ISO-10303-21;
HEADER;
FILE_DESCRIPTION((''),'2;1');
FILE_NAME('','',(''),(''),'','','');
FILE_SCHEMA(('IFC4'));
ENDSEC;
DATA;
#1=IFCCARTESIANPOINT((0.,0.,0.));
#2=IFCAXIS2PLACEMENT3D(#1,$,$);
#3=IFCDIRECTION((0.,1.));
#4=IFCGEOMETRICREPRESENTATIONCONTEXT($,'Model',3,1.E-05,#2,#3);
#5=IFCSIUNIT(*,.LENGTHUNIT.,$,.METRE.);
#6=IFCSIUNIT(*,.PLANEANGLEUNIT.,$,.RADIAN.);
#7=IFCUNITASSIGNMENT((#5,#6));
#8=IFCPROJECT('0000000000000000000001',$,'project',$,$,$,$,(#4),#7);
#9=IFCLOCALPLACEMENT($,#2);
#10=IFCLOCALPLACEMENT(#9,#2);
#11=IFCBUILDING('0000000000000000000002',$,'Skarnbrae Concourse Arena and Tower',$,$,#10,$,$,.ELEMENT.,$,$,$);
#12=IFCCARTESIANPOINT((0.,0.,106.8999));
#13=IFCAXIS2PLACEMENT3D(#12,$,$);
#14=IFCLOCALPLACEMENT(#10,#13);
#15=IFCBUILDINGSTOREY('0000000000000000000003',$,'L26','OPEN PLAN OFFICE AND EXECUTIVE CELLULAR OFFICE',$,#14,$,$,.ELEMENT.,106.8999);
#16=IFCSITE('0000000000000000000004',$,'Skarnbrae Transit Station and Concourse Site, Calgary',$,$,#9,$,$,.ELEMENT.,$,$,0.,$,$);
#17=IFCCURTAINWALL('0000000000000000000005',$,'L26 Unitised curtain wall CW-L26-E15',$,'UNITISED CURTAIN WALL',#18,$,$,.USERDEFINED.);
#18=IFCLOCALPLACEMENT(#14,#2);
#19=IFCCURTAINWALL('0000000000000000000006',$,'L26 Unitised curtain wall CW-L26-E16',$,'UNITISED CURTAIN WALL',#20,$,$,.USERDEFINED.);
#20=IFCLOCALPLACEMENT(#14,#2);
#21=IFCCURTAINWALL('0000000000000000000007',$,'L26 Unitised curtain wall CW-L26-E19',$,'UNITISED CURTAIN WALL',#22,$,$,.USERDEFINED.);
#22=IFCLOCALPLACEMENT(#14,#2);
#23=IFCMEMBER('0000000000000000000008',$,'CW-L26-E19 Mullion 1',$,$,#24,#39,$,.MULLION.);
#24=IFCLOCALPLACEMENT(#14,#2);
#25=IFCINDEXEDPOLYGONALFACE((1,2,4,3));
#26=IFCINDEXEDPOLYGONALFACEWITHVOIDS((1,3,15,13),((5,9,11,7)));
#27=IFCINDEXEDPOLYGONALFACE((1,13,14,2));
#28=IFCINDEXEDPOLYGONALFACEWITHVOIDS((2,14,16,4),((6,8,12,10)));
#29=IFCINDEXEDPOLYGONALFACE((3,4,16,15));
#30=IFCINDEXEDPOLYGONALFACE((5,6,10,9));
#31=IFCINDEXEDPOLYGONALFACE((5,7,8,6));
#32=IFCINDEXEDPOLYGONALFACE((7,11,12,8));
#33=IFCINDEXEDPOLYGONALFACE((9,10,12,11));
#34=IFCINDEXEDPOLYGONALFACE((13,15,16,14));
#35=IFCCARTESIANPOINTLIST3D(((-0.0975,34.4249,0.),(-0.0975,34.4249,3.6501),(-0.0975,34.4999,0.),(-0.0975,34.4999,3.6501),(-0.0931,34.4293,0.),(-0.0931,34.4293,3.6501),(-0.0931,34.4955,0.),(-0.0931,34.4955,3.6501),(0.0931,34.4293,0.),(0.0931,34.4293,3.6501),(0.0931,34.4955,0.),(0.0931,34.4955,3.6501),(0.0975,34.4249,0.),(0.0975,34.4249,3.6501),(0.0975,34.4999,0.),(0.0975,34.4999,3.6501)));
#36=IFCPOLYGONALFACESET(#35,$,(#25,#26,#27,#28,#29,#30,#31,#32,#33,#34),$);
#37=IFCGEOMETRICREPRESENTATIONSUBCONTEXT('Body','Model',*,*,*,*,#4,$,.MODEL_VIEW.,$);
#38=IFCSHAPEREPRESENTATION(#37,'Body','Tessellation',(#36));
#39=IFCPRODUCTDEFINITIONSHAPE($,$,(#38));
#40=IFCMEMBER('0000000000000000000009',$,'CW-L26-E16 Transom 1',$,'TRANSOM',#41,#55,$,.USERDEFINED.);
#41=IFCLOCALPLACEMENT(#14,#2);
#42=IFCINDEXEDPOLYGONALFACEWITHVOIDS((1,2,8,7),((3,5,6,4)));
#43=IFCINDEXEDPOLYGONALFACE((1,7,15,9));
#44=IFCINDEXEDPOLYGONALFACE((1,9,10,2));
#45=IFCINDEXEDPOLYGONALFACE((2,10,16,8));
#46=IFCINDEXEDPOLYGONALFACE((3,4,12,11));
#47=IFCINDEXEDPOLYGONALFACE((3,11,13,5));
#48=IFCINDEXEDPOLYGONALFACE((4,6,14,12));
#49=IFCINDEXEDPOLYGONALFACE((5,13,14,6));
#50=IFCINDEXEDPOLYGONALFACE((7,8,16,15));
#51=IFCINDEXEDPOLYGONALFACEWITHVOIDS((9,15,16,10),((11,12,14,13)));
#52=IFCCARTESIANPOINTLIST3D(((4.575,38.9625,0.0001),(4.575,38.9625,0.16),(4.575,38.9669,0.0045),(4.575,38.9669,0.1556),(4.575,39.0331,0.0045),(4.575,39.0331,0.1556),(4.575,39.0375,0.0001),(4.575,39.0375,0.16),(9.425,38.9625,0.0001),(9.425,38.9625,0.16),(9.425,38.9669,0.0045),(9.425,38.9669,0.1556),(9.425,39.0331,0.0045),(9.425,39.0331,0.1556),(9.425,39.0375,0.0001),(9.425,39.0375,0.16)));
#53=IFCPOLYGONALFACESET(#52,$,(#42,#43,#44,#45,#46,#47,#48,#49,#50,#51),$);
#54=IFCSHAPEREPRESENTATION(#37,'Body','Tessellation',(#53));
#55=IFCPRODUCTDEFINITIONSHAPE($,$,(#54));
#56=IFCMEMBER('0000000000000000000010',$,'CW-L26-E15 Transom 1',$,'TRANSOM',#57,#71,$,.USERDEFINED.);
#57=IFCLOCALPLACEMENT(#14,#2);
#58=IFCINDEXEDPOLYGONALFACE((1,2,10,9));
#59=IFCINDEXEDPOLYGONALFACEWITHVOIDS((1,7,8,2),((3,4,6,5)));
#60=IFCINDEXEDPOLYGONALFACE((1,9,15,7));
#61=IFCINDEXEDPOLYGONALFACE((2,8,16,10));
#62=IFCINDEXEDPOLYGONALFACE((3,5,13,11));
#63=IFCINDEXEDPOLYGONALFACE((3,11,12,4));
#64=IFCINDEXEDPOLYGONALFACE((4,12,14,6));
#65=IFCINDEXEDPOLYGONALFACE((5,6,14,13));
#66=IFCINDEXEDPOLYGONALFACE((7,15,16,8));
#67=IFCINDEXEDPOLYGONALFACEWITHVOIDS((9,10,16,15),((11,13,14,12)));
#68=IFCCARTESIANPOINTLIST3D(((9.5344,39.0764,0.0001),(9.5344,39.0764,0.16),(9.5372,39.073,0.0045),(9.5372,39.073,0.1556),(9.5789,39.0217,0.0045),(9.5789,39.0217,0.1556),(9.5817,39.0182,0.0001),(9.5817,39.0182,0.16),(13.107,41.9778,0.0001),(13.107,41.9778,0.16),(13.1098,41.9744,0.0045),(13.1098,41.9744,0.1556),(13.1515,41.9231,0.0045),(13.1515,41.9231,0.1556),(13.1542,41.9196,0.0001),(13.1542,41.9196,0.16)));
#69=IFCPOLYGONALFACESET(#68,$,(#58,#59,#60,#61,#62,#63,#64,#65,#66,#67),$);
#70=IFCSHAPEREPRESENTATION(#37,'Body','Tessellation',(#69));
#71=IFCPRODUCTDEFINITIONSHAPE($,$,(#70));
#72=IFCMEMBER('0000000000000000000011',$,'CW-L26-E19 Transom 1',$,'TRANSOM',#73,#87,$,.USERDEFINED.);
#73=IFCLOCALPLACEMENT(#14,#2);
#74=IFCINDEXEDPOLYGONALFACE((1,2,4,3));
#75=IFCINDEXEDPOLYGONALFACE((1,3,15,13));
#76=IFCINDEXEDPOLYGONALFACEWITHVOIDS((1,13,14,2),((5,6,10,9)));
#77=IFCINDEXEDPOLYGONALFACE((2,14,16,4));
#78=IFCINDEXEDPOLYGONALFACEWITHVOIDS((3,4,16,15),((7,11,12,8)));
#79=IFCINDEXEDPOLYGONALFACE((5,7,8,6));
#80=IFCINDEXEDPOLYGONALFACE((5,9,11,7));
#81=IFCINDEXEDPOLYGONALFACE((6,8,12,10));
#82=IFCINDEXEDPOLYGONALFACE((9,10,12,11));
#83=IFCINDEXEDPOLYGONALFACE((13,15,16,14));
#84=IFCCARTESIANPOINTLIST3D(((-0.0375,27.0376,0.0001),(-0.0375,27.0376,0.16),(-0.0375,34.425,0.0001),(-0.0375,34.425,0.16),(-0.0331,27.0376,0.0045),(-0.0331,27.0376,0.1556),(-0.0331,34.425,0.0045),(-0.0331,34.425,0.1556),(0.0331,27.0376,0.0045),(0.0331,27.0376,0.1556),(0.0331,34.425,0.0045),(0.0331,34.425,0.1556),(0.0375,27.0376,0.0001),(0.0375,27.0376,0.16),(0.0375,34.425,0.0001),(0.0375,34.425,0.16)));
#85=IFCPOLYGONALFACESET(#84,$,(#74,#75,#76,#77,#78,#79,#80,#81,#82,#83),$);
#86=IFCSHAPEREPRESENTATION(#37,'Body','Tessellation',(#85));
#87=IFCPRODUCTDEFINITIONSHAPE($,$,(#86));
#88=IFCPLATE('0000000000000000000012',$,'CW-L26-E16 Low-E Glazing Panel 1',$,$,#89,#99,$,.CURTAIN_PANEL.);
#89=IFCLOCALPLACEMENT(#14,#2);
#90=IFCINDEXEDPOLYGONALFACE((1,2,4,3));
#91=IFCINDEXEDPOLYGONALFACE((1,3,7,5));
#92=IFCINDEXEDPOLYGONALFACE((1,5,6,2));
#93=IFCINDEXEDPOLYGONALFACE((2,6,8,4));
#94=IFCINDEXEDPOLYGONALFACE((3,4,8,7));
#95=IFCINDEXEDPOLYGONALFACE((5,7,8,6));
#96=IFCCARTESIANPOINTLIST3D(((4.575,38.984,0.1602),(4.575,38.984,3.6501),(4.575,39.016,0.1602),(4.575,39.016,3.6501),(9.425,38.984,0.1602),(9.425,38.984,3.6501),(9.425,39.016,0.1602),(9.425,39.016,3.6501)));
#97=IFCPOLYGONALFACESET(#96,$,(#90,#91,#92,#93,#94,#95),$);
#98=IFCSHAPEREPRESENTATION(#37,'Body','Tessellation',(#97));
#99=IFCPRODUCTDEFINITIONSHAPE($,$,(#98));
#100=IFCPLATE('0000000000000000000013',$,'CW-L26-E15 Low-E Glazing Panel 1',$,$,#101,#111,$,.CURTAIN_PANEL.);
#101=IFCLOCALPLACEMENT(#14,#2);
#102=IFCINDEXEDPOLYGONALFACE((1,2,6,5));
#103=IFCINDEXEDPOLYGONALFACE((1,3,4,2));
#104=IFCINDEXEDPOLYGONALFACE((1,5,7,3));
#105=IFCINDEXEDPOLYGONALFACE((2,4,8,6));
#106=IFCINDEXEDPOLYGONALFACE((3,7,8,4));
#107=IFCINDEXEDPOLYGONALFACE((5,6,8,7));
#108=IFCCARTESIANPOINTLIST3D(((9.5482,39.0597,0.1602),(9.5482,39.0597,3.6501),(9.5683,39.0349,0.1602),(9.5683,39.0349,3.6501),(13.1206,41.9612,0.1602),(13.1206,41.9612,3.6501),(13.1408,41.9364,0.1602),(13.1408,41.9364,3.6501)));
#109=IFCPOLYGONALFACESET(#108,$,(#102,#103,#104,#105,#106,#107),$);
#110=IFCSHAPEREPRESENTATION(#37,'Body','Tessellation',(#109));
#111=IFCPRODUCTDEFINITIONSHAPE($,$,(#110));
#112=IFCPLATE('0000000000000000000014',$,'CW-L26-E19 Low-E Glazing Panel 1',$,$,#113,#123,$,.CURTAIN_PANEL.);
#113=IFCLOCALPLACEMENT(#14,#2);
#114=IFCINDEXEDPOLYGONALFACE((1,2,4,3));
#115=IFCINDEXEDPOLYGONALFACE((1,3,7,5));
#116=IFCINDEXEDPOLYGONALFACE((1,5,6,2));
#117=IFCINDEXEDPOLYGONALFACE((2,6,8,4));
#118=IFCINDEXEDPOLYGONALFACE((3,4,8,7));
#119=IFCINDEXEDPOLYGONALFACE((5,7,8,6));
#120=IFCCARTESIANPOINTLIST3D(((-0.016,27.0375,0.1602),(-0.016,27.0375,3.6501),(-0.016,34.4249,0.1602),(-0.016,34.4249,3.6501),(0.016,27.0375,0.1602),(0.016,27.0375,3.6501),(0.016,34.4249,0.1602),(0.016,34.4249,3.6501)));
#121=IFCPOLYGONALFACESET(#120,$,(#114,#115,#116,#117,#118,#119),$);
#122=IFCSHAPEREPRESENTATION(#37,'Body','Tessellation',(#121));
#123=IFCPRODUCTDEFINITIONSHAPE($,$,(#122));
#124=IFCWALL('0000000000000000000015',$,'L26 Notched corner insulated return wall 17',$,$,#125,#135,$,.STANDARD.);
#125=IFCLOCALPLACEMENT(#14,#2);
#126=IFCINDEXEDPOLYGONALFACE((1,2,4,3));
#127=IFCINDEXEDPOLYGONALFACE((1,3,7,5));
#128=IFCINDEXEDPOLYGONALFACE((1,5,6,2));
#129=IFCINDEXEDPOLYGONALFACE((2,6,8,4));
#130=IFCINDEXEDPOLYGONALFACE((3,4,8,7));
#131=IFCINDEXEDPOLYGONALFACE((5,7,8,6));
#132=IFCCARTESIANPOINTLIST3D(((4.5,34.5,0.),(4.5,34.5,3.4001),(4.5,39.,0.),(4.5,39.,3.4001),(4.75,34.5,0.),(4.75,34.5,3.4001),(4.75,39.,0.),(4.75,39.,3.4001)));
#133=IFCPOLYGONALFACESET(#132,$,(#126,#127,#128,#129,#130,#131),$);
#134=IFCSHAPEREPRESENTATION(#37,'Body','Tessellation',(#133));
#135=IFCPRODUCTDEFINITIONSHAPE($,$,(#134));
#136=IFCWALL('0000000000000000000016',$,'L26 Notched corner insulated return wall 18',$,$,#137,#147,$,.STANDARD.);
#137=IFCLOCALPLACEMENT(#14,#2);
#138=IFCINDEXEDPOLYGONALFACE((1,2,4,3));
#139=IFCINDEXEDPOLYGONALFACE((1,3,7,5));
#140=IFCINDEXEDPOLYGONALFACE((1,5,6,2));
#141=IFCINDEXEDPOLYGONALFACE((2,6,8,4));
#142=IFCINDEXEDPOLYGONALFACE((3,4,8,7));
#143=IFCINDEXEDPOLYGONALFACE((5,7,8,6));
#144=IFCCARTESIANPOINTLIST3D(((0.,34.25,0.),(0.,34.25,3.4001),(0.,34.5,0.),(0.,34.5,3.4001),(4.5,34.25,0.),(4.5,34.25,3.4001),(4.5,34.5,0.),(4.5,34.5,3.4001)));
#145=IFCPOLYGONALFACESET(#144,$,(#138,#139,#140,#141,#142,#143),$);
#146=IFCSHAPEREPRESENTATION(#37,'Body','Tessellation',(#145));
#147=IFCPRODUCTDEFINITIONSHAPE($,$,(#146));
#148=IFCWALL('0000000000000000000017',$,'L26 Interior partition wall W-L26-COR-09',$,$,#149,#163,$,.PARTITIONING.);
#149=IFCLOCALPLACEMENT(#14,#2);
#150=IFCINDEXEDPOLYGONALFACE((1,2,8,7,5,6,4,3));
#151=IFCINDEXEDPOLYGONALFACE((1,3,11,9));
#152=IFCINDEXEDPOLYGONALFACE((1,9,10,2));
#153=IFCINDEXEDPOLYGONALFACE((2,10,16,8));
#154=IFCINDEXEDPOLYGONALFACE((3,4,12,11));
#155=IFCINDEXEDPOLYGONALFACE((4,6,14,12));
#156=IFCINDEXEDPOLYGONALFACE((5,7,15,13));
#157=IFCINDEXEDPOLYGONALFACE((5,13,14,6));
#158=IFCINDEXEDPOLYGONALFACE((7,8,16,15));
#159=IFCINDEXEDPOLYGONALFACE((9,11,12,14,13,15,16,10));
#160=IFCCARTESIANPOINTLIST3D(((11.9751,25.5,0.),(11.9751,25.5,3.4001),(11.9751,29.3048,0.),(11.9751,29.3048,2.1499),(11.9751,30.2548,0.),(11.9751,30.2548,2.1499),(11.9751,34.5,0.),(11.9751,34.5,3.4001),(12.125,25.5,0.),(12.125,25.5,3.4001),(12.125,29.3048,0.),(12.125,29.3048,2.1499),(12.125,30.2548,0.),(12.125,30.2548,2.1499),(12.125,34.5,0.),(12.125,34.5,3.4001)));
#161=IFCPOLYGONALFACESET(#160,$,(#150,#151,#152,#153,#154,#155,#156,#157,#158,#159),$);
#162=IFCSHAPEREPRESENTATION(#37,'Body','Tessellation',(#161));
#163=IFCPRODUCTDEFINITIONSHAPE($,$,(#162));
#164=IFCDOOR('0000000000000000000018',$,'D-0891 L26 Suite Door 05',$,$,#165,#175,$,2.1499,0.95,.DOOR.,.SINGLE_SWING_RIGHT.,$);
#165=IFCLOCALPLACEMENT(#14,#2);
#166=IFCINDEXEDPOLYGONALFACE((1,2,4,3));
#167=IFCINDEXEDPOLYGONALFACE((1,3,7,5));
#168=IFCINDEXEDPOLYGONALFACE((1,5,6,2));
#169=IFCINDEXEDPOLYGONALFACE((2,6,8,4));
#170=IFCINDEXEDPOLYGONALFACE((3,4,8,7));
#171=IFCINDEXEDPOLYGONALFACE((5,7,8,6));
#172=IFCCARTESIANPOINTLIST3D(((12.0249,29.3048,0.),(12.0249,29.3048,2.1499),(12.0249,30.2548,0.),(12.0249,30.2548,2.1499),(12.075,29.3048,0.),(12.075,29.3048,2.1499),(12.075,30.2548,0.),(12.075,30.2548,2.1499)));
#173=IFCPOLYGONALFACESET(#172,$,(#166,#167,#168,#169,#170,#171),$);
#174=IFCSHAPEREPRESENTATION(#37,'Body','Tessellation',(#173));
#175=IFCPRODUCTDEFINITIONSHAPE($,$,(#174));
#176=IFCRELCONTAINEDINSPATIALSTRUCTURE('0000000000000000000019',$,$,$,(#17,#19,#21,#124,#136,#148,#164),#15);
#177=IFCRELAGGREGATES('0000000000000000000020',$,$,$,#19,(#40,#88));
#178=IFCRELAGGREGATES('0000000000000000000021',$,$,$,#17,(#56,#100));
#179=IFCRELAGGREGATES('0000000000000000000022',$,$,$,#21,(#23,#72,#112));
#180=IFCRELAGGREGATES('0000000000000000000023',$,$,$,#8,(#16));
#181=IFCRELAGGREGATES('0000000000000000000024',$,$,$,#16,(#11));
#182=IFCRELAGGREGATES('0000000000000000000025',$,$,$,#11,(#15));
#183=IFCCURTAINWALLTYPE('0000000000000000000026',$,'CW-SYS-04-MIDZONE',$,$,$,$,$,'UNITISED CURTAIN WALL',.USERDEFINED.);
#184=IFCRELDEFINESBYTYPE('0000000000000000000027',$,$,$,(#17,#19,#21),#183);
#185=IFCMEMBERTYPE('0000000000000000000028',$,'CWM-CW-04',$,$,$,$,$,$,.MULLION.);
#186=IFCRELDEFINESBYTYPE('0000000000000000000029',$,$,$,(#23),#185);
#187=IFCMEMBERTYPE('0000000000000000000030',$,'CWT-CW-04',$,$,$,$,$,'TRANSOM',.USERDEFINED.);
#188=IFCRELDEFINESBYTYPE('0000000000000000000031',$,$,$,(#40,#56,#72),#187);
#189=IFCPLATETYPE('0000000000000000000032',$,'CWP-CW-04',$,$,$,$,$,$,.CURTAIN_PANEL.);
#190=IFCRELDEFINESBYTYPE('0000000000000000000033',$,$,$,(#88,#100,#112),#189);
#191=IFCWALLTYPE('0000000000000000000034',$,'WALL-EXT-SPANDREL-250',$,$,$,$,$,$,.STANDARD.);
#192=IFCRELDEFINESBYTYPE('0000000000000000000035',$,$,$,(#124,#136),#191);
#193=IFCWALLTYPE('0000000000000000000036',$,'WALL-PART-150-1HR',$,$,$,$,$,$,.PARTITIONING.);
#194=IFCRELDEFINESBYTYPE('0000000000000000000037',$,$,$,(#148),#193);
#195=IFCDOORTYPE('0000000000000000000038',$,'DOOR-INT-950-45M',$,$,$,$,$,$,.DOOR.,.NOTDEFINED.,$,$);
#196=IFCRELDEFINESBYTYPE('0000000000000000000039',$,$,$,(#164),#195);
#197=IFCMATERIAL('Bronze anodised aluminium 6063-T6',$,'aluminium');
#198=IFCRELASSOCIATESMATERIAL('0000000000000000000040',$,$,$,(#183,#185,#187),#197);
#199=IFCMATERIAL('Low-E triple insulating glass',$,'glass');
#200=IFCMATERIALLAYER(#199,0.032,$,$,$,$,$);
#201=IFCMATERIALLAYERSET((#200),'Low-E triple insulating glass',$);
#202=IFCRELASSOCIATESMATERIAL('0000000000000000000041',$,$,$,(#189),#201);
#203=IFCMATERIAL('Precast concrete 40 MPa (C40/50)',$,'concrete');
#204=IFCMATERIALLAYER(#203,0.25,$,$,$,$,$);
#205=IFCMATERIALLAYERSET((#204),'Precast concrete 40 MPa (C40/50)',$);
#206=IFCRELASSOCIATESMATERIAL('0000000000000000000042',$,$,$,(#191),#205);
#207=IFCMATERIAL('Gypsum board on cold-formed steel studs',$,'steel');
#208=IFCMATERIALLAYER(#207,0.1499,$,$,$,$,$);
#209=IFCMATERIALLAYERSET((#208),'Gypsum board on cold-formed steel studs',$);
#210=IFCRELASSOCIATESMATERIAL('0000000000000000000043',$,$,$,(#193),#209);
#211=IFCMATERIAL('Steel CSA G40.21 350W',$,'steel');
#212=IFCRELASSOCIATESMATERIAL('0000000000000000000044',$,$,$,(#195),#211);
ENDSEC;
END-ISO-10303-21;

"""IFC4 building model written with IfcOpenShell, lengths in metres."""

from ifc_helpers import new_model, si_unit, direction, frame, frame_2d, origin, origin_2d, place, context, subcontext, project, spatial, rectangle, hollow_rectangle, extrude, source, transform, mapped, material, layer, layer_set, material_profile, profile_set, type_object, element, fill, aggregate, save


model = new_model("IFC4")

# Units and contexts
model_context = context("Model", 3, precision=1e-05, world=origin(), true_north=direction((0.0, 1.0)))
body_context = subcontext(model_context, "Body", "Model", "MODEL_VIEW")
ifc_project = project(units=[si_unit("LENGTHUNIT", "METRE"), si_unit("PLANEANGLEUNIT", "RADIAN")], contexts=[model_context])

# Site, building, storey
site_placement = place(None, origin())
site = spatial("IfcSite", under=ifc_project, at=site_placement, Name="Skarnbrae Transit Station and Concourse Site, Calgary", CompositionType="ELEMENT", RefElevation=0.0)
building_placement = place(site_placement, origin())
building = spatial("IfcBuilding", under=site, at=building_placement, Name="Skarnbrae Concourse Arena and Tower", CompositionType="ELEMENT")
storey_placement = place(building_placement, frame((0.0, 0.0, 106.8999)))
storey = spatial("IfcBuildingStorey", under=building, at=storey_placement, Name="L26", Description="OPEN PLAN OFFICE AND EXECUTIVE CELLULAR OFFICE", CompositionType="ELEMENT", Elevation=106.8999)

# Shared definitions
ifc_material_1 = material(Name="Steel CSA G40.21 350W", Category="steel")

# Shared definitions
ifc_material_2 = material(Name="Bronze anodised aluminium 6063-T6", Category="aluminium")

# Curtain walls
curtain_wall_type_1 = type_object("IfcCurtainWallType", Name="CW-SYS-04-MIDZONE", ElementType="UNITISED CURTAIN WALL", PredefinedType="USERDEFINED", material=ifc_material_2)
curtain_wall_1_placement = place(storey_placement, origin())
curtain_wall_1 = element("IfcCurtainWall", 1, at=curtain_wall_1_placement, inside=storey, type_object=curtain_wall_type_1, Name="L26 Unitised curtain wall CW-L26-E15", ObjectType="UNITISED CURTAIN WALL", PredefinedType="USERDEFINED")
ifc_material_profile_1 = material_profile(ifc_material_2, hollow_rectangle(XDim=0.075, YDim=0.1951, WallThickness=0.0044, at=origin_2d()), Name="ALU-MULL-75X195")
ifc_profile_set_1 = profile_set([ifc_material_profile_1], Name="Bronze anodised aluminium 6063-T6")
member_type_1 = type_object("IfcMemberType", Name="CWM-CW-04", PredefinedType="MULLION", material=ifc_profile_set_1)
shared_shape_1 = source(origin(), body_context, "Body", "SweptSolid", [
    extrude(hollow_rectangle(XDim=0.075, YDim=0.1951, WallThickness=0.0044, at=origin_2d()), origin(), (0.0, 0.0, 1.0), 3.6501),
])
curtain_wall_2_placement = place(storey_placement, origin())
curtain_wall_2 = element("IfcCurtainWall", 2, at=curtain_wall_2_placement, inside=storey, type_object=curtain_wall_type_1, Name="L26 Unitised curtain wall CW-L26-E16", ObjectType="UNITISED CURTAIN WALL", PredefinedType="USERDEFINED")

# Curtain wall, member
curtain_wall_3_placement = place(storey_placement, origin())
curtain_wall_3 = element("IfcCurtainWall", 3, at=curtain_wall_3_placement, inside=storey, type_object=curtain_wall_type_1, Name="L26 Unitised curtain wall CW-L26-E19", ObjectType="UNITISED CURTAIN WALL", PredefinedType="USERDEFINED")
member_1_placement = place(storey_placement, frame((0.0, 34.4624, 0.0), z_axis=(0.0, 0.0, 1.0), x_axis=(0.0, -1.0, 0.0)))
member_1 = element("IfcMember", 4, at=member_1_placement, type_object=member_type_1, Name="CW-L26-E19 Mullion 1", PredefinedType="MULLION", context=body_context, shape_type="MappedRepresentation", body=[
    mapped(shared_shape_1, transform((0.0, 0.0, 0.0))),
])

# Members
ifc_material_profile_2 = material_profile(ifc_material_2, hollow_rectangle(XDim=0.075, YDim=0.1599, WallThickness=0.0044, at=origin_2d()), Name="ALU-TRAN-75X160")
ifc_profile_set_2 = profile_set([ifc_material_profile_2], Name="Bronze anodised aluminium 6063-T6")
member_type_2 = type_object("IfcMemberType", Name="CWT-CW-04", ElementType="TRANSOM", PredefinedType="USERDEFINED", material=ifc_profile_set_2)
shared_shape_2 = source(origin(), body_context, "Body", "SweptSolid", [
    extrude(hollow_rectangle(XDim=0.075, YDim=0.1599, WallThickness=0.0044, at=origin_2d()), origin(), (0.0, 0.0, 1.0), 4.8501),
])
member_2_placement = place(storey_placement, frame((9.425, 39.0, 0.0801), z_axis=(-1.0, 0.0, 0.0), x_axis=(0.0, -1.0, 0.0)))
member_2 = element("IfcMember", 5, at=member_2_placement, type_object=member_type_2, Name="CW-L26-E16 Transom 1", ObjectType="TRANSOM", PredefinedType="USERDEFINED", context=body_context, shape_type="MappedRepresentation", body=[
    mapped(shared_shape_2, transform((0.0, 0.0, 0.0))),
])
shared_shape_3 = source(origin(), body_context, "Body", "SweptSolid", [
    extrude(hollow_rectangle(XDim=0.075, YDim=0.1599, WallThickness=0.0044, at=origin_2d()), origin(), (0.0, 0.0, 1.0), 4.6023),
])
member_3_placement = place(storey_placement, frame((13.1306, 41.9487, 0.0801), z_axis=(-0.776252, -0.630423, 0.0), x_axis=(0.630423, -0.776252, 0.0)))
member_3 = element("IfcMember", 6, at=member_3_placement, type_object=member_type_2, Name="CW-L26-E15 Transom 1", ObjectType="TRANSOM", PredefinedType="USERDEFINED", context=body_context, shape_type="MappedRepresentation", body=[
    mapped(shared_shape_3, transform((0.0, 0.0, 0.0))),
])
shared_shape_4 = source(origin(), body_context, "Body", "SweptSolid", [
    extrude(hollow_rectangle(XDim=0.075, YDim=0.1599, WallThickness=0.0044, at=origin_2d()), origin(), (0.0, 0.0, 1.0), 7.3875),
])
member_4_placement = place(storey_placement, frame((0.0, 34.425, 0.0801), z_axis=(0.0, -1.0, 0.0), x_axis=(1.0, 0.0, 0.0)))
member_4 = element("IfcMember", 7, at=member_4_placement, type_object=member_type_2, Name="CW-L26-E19 Transom 1", ObjectType="TRANSOM", PredefinedType="USERDEFINED", context=body_context, shape_type="MappedRepresentation", body=[
    mapped(shared_shape_4, transform((0.0, 0.0, 0.0))),
])

# Plates
ifc_material_3 = material(Name="Low-E triple insulating glass", Category="glass")
ifc_layer_1 = layer(ifc_material_3, 0.032)
ifc_layer_set_1 = layer_set([ifc_layer_1], Name="Low-E triple insulating glass")
plate_type = type_object("IfcPlateType", Name="CWP-CW-04", PredefinedType="CURTAIN_PANEL", material=ifc_layer_set_1)
shared_shape_5 = source(origin(), body_context, "Body", "SweptSolid", [
    extrude(rectangle(XDim=4.8501, YDim=0.032, at=origin_2d()), origin(), (0.0, 0.0, 1.0), 3.49),
])
plate_1_placement = place(storey_placement, frame((7.0, 39.0, 0.1602), z_axis=(0.0, 0.0, 1.0), x_axis=(-1.0, 0.0, 0.0)))
plate_1 = element("IfcPlate", 8, at=plate_1_placement, type_object=plate_type, Name="CW-L26-E16 Low-E Glazing Panel 1", PredefinedType="CURTAIN_PANEL", context=body_context, shape_type="MappedRepresentation", body=[
    mapped(shared_shape_5, transform((0.0, 0.0, 0.0))),
])
aggregate(curtain_wall_2, [member_2, plate_1])
shared_shape_6 = source(origin(), body_context, "Body", "SweptSolid", [
    extrude(rectangle(XDim=4.6023, YDim=0.032, at=origin_2d()), origin(), (0.0, 0.0, 1.0), 3.49),
])
plate_2_placement = place(storey_placement, frame((11.3445, 40.498, 0.1602), z_axis=(0.0, 0.0, 1.0), x_axis=(-0.776241, -0.630436, 0.0)))
plate_2 = element("IfcPlate", 9, at=plate_2_placement, type_object=plate_type, Name="CW-L26-E15 Low-E Glazing Panel 1", PredefinedType="CURTAIN_PANEL", context=body_context, shape_type="MappedRepresentation", body=[
    mapped(shared_shape_6, transform((0.0, 0.0, 0.0))),
])
aggregate(curtain_wall_1, [member_3, plate_2])
shared_shape_7 = source(origin(), body_context, "Body", "SweptSolid", [
    extrude(rectangle(XDim=7.3875, YDim=0.032, at=origin_2d()), origin(), (0.0, 0.0, 1.0), 3.49),
])
plate_3_placement = place(storey_placement, frame((0.0, 30.7312, 0.1602), z_axis=(0.0, 0.0, 1.0), x_axis=(0.0, -1.0, 0.0)))
plate_3 = element("IfcPlate", 10, at=plate_3_placement, type_object=plate_type, Name="CW-L26-E19 Low-E Glazing Panel 1", PredefinedType="CURTAIN_PANEL", context=body_context, shape_type="MappedRepresentation", body=[
    mapped(shared_shape_7, transform((0.0, 0.0, 0.0))),
])
aggregate(curtain_wall_3, [member_1, member_4, plate_3])

# Walls
ifc_material_4 = material(Name="Precast concrete 40 MPa (C40/50)", Category="concrete")
ifc_layer_2 = layer(ifc_material_4, 0.25)
ifc_layer_set_2 = layer_set([ifc_layer_2], Name="Precast concrete 40 MPa (C40/50)")
wall_type_1 = type_object("IfcWallType", Name="WALL-EXT-SPANDREL-250", PredefinedType="STANDARD", material=ifc_layer_set_2)
shared_shape_8 = source(origin(), body_context, "Body", "SweptSolid", [
    extrude(rectangle(XDim=4.5, YDim=0.25, at=frame_2d((2.25, 0.0))), origin(), (0.0, 0.0, 1.0), 3.4001),
])
for number, where, z_axis, x_axis, name in (
    (11, (4.625, 39.0, 0.0), (0.0, 0.0, 1.0), (0.0, -1.0, 0.0), "L26 Notched corner insulated return wall 17"),
    (12, (4.5, 34.375, 0.0), (0.0, 0.0, 1.0), (-1.0, 0.0, 0.0), "L26 Notched corner insulated return wall 18"),
):
    element("IfcWall", number, at=place(storey_placement, frame(where, z_axis=z_axis, x_axis=x_axis)), inside=storey, type_object=wall_type_1, Name=name, PredefinedType="STANDARD", context=body_context, shape_type="MappedRepresentation", body=[
        mapped(shared_shape_8, transform((0.0, 0.0, 0.0))),
    ])

# Wall, opening, door
ifc_material_5 = material(Name="Gypsum board on cold-formed steel studs", Category="steel")
ifc_layer_3 = layer(ifc_material_5, 0.1499)
ifc_layer_set_3 = layer_set([ifc_layer_3], Name="Gypsum board on cold-formed steel studs")
wall_type_2 = type_object("IfcWallType", Name="WALL-PART-150-1HR", PredefinedType="PARTITIONING", material=ifc_layer_set_3)
shared_shape_9 = source(origin(), body_context, "Body", "SweptSolid", [
    extrude(rectangle(XDim=9.0, YDim=0.1499, at=frame_2d((4.5, 0.0))), origin(), (0.0, 0.0, 1.0), 3.4001),
])
wall_1_placement = place(storey_placement, frame((12.05, 34.5, 0.0), z_axis=(0.0, 0.0, 1.0), x_axis=(0.0, -1.0, 0.0)))
wall_1 = element("IfcWall", 13, at=wall_1_placement, inside=storey, type_object=wall_type_2, Name="L26 Interior partition wall W-L26-COR-09", PredefinedType="PARTITIONING", context=body_context, shape_type="MappedRepresentation", body=[
    mapped(shared_shape_9, transform((0.0, 0.0, 0.0))),
])
opening_1_placement = place(wall_1_placement, frame((4.2451, 0.0, 0.0)))
opening_1 = element("IfcOpeningElement", 14, at=opening_1_placement, cuts=wall_1, PredefinedType="OPENING", context=body_context, shape_type="SweptSolid", body=[
    extrude(rectangle(XDim=0.95, YDim=2.1499, at=frame_2d((0.4751, 1.075))), frame((0.0, 0.085, 0.0), z_axis=(0.0, -1.0, 0.0), x_axis=(1.0, 0.0, 0.0)), (0.0, 0.0, 1.0), 0.1699),
])
door_type = type_object("IfcDoorType", Name="DOOR-INT-950-45M", OperationType="NOTDEFINED", PredefinedType="DOOR", material=ifc_material_1)
shared_shape_10 = source(origin(), body_context, "Body", "SweptSolid", [
    extrude(rectangle(XDim=0.95, YDim=2.1499, at=frame_2d((0.4751, 1.075))), frame((0.0, 0.0249, 0.0), z_axis=(0.0, -1.0, 0.0), x_axis=(1.0, 0.0, 0.0)), (0.0, 0.0, 1.0), 0.05),
])
door_1_placement = place(opening_1_placement, origin())
door_1 = element("IfcDoor", 15, at=door_1_placement, inside=storey, type_object=door_type, Name="D-0891 L26 Suite Door 05", OperationType="SINGLE_SWING_RIGHT", OverallHeight=2.1499, OverallWidth=0.95, PredefinedType="DOOR", context=body_context, shape_type="MappedRepresentation", body=[
    mapped(shared_shape_10, transform((0.0, 0.0, 0.0))),
])
fill(opening_1, door_1)

save(model, "model.ifc")
